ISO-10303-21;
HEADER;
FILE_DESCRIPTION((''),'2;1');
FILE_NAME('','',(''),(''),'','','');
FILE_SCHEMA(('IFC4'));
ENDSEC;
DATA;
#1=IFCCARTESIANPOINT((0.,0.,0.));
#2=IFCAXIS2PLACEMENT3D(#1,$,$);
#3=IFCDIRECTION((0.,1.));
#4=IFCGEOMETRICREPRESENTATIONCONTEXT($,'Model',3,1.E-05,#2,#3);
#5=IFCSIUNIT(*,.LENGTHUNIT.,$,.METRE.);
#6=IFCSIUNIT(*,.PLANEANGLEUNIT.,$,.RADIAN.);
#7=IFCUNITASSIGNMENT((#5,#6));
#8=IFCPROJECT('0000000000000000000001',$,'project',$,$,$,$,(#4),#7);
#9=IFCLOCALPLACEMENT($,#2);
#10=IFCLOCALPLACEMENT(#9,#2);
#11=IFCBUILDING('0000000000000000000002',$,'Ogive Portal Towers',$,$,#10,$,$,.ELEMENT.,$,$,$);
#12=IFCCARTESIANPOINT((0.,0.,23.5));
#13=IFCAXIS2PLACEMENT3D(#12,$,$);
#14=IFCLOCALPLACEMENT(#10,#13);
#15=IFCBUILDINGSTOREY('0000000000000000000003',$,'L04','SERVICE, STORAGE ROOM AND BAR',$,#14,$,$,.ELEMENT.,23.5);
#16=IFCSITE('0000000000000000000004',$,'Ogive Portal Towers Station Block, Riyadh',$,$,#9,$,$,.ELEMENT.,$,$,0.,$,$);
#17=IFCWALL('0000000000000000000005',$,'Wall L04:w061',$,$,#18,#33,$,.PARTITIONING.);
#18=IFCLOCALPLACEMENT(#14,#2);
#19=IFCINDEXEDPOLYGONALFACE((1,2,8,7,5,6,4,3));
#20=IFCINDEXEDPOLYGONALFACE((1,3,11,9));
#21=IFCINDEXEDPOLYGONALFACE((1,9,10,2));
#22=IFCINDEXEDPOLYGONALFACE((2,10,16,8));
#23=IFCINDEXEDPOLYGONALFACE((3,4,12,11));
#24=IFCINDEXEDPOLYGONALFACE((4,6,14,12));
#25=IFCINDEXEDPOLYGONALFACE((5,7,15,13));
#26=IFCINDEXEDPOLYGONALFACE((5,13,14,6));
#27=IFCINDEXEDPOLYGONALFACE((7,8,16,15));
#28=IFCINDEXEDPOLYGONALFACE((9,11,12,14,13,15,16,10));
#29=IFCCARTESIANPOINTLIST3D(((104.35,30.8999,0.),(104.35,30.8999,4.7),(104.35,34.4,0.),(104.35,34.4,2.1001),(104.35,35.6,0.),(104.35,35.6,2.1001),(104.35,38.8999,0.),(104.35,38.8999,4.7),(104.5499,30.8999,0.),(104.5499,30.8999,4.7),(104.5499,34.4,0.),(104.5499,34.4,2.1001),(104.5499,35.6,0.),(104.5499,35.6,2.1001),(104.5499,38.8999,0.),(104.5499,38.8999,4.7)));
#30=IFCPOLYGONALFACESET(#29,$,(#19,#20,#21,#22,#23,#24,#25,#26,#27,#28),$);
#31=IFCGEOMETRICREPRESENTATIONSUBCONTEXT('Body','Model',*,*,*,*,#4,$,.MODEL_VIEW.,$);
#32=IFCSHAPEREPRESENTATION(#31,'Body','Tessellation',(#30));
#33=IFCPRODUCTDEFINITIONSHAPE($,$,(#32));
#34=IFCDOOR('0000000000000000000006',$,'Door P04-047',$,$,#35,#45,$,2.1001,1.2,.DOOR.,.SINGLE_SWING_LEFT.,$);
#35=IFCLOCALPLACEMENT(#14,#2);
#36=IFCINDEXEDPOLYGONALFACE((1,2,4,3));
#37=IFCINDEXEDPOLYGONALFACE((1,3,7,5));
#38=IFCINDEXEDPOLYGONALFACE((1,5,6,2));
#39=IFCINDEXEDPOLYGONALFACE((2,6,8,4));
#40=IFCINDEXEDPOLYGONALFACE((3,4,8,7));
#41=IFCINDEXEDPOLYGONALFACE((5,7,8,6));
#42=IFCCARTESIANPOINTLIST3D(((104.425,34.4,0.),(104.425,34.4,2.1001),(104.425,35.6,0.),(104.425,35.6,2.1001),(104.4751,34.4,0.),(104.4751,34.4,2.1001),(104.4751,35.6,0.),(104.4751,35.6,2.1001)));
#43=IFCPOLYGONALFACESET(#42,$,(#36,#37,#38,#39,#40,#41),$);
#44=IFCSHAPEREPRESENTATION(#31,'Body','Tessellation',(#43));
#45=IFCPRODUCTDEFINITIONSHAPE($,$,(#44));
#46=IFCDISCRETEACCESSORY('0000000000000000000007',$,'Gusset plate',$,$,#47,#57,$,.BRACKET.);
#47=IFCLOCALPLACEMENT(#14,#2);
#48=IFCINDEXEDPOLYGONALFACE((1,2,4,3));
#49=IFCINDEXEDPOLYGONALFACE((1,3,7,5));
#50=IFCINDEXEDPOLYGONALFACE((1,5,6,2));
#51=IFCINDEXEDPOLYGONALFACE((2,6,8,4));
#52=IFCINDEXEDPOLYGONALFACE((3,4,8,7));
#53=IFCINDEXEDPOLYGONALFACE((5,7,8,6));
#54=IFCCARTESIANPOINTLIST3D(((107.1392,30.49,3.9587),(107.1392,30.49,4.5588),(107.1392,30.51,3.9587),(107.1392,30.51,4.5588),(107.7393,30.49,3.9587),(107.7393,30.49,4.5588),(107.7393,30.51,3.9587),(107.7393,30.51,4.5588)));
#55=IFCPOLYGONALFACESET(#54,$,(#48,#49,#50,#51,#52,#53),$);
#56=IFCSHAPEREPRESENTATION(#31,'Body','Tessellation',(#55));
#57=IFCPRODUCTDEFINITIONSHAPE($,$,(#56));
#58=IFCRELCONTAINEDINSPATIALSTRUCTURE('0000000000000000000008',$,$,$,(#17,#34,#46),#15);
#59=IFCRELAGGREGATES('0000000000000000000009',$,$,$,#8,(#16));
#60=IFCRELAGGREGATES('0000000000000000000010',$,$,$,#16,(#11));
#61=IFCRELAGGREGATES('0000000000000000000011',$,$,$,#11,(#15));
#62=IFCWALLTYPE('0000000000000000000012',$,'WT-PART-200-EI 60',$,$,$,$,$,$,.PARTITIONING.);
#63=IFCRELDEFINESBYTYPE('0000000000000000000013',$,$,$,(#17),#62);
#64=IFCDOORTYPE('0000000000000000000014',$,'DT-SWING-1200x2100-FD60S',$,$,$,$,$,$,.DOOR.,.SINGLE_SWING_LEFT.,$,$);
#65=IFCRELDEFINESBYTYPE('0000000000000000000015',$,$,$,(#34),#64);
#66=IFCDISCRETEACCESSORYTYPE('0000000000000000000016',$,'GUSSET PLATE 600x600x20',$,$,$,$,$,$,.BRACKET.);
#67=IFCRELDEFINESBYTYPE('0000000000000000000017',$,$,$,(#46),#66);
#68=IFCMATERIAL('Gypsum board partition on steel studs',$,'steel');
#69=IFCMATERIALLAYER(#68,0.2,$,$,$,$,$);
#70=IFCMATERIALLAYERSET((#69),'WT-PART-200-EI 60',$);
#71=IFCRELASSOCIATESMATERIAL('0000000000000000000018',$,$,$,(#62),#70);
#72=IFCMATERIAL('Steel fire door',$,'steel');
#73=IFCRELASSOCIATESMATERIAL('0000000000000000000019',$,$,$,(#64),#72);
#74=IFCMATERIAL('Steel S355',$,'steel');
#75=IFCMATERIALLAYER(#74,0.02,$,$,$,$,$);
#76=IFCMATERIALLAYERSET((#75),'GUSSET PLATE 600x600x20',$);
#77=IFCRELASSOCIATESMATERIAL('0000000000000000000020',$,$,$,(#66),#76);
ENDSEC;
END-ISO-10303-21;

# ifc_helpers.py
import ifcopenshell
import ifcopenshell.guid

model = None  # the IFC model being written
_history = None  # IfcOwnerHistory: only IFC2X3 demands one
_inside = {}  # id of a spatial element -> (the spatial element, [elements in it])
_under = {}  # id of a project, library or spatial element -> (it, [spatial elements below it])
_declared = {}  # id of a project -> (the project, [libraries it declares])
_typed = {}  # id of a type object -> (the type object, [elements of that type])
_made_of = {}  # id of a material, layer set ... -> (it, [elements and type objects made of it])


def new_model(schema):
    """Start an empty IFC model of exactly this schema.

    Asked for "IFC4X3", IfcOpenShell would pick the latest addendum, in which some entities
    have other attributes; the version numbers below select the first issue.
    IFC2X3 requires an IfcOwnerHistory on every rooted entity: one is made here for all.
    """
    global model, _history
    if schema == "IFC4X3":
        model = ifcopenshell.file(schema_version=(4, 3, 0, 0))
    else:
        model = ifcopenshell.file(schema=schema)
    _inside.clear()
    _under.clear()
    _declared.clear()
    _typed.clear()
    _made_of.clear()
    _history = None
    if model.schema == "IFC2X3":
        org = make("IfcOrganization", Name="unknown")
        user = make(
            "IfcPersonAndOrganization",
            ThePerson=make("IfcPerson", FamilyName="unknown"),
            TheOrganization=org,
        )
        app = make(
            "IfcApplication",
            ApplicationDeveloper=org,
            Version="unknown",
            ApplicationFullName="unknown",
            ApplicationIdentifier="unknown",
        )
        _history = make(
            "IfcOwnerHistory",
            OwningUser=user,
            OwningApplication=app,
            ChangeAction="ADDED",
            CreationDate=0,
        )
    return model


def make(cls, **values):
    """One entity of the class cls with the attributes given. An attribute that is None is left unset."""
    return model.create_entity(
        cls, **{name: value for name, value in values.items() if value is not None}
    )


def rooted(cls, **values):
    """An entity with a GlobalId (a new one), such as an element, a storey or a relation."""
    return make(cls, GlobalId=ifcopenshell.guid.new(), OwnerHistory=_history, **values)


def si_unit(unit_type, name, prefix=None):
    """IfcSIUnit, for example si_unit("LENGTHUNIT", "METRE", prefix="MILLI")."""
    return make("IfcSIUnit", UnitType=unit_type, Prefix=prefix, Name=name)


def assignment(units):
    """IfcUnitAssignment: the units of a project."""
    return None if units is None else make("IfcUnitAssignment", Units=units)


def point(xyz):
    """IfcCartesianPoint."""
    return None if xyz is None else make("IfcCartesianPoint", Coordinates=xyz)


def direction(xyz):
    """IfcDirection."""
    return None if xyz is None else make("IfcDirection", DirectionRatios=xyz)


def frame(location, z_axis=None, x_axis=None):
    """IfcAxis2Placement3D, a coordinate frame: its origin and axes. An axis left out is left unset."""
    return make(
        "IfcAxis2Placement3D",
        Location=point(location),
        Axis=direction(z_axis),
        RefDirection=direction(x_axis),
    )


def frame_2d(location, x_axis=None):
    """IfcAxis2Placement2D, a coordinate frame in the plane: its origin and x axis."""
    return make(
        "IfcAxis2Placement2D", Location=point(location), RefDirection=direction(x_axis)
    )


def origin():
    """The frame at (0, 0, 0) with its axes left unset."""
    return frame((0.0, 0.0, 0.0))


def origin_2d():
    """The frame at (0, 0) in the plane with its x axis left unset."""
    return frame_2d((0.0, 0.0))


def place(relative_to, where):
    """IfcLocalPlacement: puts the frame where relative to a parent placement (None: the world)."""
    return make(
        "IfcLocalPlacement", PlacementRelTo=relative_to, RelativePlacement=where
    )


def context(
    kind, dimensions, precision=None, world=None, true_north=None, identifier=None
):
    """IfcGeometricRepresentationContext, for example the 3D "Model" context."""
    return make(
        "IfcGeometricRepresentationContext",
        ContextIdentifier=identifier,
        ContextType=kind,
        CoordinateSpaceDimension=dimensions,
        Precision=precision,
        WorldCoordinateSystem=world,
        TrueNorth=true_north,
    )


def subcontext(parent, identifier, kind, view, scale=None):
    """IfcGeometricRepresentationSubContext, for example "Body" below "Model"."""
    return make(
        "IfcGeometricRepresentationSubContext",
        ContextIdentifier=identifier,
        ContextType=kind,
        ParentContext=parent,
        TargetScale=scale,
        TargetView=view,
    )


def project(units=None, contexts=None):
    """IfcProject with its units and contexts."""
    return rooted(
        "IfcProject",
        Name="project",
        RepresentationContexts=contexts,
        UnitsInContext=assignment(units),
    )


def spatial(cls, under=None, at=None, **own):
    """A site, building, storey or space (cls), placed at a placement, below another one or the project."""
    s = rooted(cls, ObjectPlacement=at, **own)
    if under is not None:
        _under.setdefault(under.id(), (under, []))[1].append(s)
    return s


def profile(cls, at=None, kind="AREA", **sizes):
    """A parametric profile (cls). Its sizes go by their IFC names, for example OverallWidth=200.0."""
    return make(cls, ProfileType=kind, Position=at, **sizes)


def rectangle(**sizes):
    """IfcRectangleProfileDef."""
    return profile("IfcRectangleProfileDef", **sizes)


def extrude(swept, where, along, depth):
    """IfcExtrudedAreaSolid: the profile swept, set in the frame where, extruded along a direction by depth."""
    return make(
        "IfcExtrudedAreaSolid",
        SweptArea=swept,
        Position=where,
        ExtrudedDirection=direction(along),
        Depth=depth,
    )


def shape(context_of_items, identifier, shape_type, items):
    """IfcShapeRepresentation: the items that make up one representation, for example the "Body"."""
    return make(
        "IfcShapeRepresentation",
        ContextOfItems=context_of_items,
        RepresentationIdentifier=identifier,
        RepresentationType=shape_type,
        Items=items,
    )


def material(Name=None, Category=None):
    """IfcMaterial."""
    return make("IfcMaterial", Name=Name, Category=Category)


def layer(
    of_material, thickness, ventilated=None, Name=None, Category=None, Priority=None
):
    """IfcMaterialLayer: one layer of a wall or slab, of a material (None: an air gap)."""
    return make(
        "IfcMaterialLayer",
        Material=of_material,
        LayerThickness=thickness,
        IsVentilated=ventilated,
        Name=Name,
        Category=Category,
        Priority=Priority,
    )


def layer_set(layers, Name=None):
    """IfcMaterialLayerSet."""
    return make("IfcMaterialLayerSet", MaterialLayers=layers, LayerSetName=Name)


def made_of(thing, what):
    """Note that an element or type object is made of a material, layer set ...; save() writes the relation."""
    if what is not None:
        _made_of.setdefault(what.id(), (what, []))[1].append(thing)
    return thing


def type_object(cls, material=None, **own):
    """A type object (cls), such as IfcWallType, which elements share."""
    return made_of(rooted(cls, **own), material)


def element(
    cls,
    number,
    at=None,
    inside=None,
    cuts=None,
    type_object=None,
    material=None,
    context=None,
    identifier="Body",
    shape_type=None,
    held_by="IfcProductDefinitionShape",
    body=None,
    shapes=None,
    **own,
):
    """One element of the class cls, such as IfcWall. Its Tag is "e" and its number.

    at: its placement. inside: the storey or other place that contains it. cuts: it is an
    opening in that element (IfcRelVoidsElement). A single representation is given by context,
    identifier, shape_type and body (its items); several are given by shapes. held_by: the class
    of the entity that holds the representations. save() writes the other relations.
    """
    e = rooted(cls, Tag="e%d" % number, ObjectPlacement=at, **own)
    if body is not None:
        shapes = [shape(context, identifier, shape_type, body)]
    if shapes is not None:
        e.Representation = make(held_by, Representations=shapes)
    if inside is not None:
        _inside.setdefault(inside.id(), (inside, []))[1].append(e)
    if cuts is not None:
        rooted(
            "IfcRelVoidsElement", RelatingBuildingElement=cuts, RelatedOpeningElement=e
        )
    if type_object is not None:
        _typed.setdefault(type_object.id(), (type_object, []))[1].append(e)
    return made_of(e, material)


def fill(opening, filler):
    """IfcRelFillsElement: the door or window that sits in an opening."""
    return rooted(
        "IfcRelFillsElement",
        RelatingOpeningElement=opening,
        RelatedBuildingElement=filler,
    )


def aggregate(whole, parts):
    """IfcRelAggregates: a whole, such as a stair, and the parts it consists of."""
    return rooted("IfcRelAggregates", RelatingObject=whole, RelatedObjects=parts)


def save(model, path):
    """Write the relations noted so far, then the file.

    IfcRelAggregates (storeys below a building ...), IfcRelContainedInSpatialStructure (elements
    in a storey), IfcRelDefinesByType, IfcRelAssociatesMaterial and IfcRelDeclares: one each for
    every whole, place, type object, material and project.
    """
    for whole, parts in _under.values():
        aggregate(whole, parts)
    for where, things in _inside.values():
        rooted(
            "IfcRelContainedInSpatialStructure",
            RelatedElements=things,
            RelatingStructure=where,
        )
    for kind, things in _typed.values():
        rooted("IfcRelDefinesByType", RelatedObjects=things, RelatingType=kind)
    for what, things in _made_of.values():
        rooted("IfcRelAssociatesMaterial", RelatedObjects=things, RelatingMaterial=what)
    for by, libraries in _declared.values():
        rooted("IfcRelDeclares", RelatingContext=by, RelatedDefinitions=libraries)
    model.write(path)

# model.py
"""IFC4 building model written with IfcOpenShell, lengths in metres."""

from ifc_helpers import new_model, si_unit, direction, frame, frame_2d, origin, origin_2d, place, context, subcontext, project, spatial, rectangle, extrude, material, layer, layer_set, type_object, element, fill, save


model = new_model("IFC4")

# Units and contexts
model_context = context("Model", 3, precision=1e-05, world=origin(), true_north=direction((0.0, 1.0)))
body_context = subcontext(model_context, "Body", "Model", "MODEL_VIEW")
ifc_project = project(units=[si_unit("LENGTHUNIT", "METRE"), si_unit("PLANEANGLEUNIT", "RADIAN")], contexts=[model_context])

# Site, building, storey
site_placement = place(None, origin())
site = spatial("IfcSite", under=ifc_project, at=site_placement, Name="Ogive Portal Towers Station Block, Riyadh", CompositionType="ELEMENT", RefElevation=0.0)
building_placement = place(site_placement, origin())
building = spatial("IfcBuilding", under=site, at=building_placement, Name="Ogive Portal Towers", CompositionType="ELEMENT")
storey_placement = place(building_placement, frame((0.0, 0.0, 23.5)))
storey = spatial("IfcBuildingStorey", under=building, at=storey_placement, Name="L04", Description="SERVICE, STORAGE ROOM AND BAR", CompositionType="ELEMENT", Elevation=23.5)

# Shared definitions
ifc_material_1 = material(Name="Steel S355", Category="steel")

# Wall, opening, door
ifc_material_2 = material(Name="Gypsum board partition on steel studs", Category="steel")
ifc_layer_1 = layer(ifc_material_2, 0.2)
ifc_layer_set_1 = layer_set([ifc_layer_1], Name="WT-PART-200-EI 60")
wall_type_1 = type_object("IfcWallType", Name="WT-PART-200-EI 60", PredefinedType="PARTITIONING", material=ifc_layer_set_1)
ifc_material_3 = material(Name="Steel fire door", Category="steel")
door_type = type_object("IfcDoorType", Name="DT-SWING-1200x2100-FD60S", OperationType="SINGLE_SWING_LEFT", PredefinedType="DOOR", material=ifc_material_3)
wall_1_placement = place(storey_placement, frame((104.45, 30.8999, 0.0), z_axis=(0.0, 0.0, 1.0), x_axis=(0.0, 1.0, 0.0)))
wall_1 = element("IfcWall", 1, at=wall_1_placement, inside=storey, type_object=wall_type_1, Name="Wall L04:w061", PredefinedType="PARTITIONING", context=body_context, shape_type="SweptSolid", body=[
    extrude(rectangle(XDim=8.0, YDim=0.2, at=frame_2d((4.0, 0.0))), origin(), (0.0, 0.0, 1.0), 4.7),
])
opening_1_placement = place(wall_1_placement, frame((3.5, 0.0, 0.0)))
opening_1 = element("IfcOpeningElement", 2, at=opening_1_placement, cuts=wall_1, PredefinedType="OPENING", context=body_context, shape_type="SweptSolid", body=[
    extrude(rectangle(XDim=1.2, YDim=2.1001, at=frame_2d((0.6001, 1.05))), frame((0.0, 0.1099, 0.0), z_axis=(0.0, -1.0, 0.0), x_axis=(1.0, 0.0, 0.0)), (0.0, 0.0, 1.0), 0.22),
])
door_1_placement = place(opening_1_placement, origin())
door_1 = element("IfcDoor", 3, at=door_1_placement, inside=storey, type_object=door_type, Name="Door P04-047", OperationType="SINGLE_SWING_LEFT", OverallHeight=2.1001, OverallWidth=1.2, PredefinedType="DOOR", context=body_context, shape_type="SweptSolid", body=[
    extrude(rectangle(XDim=1.2, YDim=2.1001, at=frame_2d((0.6001, 1.05))), frame((0.0, 0.0249, 0.0), z_axis=(0.0, -1.0, 0.0), x_axis=(1.0, 0.0, 0.0)), (0.0, 0.0, 1.0), 0.05),
])
fill(opening_1, door_1)

# Discrete accessory
ifc_layer_2 = layer(ifc_material_1, 0.02)
ifc_layer_set_2 = layer_set([ifc_layer_2], Name="GUSSET PLATE 600x600x20")
discrete_accessory_type = type_object("IfcDiscreteAccessoryType", Name="GUSSET PLATE 600x600x20", PredefinedType="BRACKET", material=ifc_layer_set_2)
discrete_accessory_placement = place(storey_placement, frame((107.4392, 30.5, 3.9587), z_axis=(0.0, 0.0, 1.0), x_axis=(1.0, 0.0, 0.0)))
element("IfcDiscreteAccessory", 4, at=discrete_accessory_placement, inside=storey, type_object=discrete_accessory_type, Name="Gusset plate", PredefinedType="BRACKET", context=body_context, shape_type="SweptSolid", body=[
    extrude(rectangle(XDim=0.6001, YDim=0.02, at=origin_2d()), origin(), (0.0, 0.0, 1.0), 0.6001),
])

save(model, "model.ifc")
